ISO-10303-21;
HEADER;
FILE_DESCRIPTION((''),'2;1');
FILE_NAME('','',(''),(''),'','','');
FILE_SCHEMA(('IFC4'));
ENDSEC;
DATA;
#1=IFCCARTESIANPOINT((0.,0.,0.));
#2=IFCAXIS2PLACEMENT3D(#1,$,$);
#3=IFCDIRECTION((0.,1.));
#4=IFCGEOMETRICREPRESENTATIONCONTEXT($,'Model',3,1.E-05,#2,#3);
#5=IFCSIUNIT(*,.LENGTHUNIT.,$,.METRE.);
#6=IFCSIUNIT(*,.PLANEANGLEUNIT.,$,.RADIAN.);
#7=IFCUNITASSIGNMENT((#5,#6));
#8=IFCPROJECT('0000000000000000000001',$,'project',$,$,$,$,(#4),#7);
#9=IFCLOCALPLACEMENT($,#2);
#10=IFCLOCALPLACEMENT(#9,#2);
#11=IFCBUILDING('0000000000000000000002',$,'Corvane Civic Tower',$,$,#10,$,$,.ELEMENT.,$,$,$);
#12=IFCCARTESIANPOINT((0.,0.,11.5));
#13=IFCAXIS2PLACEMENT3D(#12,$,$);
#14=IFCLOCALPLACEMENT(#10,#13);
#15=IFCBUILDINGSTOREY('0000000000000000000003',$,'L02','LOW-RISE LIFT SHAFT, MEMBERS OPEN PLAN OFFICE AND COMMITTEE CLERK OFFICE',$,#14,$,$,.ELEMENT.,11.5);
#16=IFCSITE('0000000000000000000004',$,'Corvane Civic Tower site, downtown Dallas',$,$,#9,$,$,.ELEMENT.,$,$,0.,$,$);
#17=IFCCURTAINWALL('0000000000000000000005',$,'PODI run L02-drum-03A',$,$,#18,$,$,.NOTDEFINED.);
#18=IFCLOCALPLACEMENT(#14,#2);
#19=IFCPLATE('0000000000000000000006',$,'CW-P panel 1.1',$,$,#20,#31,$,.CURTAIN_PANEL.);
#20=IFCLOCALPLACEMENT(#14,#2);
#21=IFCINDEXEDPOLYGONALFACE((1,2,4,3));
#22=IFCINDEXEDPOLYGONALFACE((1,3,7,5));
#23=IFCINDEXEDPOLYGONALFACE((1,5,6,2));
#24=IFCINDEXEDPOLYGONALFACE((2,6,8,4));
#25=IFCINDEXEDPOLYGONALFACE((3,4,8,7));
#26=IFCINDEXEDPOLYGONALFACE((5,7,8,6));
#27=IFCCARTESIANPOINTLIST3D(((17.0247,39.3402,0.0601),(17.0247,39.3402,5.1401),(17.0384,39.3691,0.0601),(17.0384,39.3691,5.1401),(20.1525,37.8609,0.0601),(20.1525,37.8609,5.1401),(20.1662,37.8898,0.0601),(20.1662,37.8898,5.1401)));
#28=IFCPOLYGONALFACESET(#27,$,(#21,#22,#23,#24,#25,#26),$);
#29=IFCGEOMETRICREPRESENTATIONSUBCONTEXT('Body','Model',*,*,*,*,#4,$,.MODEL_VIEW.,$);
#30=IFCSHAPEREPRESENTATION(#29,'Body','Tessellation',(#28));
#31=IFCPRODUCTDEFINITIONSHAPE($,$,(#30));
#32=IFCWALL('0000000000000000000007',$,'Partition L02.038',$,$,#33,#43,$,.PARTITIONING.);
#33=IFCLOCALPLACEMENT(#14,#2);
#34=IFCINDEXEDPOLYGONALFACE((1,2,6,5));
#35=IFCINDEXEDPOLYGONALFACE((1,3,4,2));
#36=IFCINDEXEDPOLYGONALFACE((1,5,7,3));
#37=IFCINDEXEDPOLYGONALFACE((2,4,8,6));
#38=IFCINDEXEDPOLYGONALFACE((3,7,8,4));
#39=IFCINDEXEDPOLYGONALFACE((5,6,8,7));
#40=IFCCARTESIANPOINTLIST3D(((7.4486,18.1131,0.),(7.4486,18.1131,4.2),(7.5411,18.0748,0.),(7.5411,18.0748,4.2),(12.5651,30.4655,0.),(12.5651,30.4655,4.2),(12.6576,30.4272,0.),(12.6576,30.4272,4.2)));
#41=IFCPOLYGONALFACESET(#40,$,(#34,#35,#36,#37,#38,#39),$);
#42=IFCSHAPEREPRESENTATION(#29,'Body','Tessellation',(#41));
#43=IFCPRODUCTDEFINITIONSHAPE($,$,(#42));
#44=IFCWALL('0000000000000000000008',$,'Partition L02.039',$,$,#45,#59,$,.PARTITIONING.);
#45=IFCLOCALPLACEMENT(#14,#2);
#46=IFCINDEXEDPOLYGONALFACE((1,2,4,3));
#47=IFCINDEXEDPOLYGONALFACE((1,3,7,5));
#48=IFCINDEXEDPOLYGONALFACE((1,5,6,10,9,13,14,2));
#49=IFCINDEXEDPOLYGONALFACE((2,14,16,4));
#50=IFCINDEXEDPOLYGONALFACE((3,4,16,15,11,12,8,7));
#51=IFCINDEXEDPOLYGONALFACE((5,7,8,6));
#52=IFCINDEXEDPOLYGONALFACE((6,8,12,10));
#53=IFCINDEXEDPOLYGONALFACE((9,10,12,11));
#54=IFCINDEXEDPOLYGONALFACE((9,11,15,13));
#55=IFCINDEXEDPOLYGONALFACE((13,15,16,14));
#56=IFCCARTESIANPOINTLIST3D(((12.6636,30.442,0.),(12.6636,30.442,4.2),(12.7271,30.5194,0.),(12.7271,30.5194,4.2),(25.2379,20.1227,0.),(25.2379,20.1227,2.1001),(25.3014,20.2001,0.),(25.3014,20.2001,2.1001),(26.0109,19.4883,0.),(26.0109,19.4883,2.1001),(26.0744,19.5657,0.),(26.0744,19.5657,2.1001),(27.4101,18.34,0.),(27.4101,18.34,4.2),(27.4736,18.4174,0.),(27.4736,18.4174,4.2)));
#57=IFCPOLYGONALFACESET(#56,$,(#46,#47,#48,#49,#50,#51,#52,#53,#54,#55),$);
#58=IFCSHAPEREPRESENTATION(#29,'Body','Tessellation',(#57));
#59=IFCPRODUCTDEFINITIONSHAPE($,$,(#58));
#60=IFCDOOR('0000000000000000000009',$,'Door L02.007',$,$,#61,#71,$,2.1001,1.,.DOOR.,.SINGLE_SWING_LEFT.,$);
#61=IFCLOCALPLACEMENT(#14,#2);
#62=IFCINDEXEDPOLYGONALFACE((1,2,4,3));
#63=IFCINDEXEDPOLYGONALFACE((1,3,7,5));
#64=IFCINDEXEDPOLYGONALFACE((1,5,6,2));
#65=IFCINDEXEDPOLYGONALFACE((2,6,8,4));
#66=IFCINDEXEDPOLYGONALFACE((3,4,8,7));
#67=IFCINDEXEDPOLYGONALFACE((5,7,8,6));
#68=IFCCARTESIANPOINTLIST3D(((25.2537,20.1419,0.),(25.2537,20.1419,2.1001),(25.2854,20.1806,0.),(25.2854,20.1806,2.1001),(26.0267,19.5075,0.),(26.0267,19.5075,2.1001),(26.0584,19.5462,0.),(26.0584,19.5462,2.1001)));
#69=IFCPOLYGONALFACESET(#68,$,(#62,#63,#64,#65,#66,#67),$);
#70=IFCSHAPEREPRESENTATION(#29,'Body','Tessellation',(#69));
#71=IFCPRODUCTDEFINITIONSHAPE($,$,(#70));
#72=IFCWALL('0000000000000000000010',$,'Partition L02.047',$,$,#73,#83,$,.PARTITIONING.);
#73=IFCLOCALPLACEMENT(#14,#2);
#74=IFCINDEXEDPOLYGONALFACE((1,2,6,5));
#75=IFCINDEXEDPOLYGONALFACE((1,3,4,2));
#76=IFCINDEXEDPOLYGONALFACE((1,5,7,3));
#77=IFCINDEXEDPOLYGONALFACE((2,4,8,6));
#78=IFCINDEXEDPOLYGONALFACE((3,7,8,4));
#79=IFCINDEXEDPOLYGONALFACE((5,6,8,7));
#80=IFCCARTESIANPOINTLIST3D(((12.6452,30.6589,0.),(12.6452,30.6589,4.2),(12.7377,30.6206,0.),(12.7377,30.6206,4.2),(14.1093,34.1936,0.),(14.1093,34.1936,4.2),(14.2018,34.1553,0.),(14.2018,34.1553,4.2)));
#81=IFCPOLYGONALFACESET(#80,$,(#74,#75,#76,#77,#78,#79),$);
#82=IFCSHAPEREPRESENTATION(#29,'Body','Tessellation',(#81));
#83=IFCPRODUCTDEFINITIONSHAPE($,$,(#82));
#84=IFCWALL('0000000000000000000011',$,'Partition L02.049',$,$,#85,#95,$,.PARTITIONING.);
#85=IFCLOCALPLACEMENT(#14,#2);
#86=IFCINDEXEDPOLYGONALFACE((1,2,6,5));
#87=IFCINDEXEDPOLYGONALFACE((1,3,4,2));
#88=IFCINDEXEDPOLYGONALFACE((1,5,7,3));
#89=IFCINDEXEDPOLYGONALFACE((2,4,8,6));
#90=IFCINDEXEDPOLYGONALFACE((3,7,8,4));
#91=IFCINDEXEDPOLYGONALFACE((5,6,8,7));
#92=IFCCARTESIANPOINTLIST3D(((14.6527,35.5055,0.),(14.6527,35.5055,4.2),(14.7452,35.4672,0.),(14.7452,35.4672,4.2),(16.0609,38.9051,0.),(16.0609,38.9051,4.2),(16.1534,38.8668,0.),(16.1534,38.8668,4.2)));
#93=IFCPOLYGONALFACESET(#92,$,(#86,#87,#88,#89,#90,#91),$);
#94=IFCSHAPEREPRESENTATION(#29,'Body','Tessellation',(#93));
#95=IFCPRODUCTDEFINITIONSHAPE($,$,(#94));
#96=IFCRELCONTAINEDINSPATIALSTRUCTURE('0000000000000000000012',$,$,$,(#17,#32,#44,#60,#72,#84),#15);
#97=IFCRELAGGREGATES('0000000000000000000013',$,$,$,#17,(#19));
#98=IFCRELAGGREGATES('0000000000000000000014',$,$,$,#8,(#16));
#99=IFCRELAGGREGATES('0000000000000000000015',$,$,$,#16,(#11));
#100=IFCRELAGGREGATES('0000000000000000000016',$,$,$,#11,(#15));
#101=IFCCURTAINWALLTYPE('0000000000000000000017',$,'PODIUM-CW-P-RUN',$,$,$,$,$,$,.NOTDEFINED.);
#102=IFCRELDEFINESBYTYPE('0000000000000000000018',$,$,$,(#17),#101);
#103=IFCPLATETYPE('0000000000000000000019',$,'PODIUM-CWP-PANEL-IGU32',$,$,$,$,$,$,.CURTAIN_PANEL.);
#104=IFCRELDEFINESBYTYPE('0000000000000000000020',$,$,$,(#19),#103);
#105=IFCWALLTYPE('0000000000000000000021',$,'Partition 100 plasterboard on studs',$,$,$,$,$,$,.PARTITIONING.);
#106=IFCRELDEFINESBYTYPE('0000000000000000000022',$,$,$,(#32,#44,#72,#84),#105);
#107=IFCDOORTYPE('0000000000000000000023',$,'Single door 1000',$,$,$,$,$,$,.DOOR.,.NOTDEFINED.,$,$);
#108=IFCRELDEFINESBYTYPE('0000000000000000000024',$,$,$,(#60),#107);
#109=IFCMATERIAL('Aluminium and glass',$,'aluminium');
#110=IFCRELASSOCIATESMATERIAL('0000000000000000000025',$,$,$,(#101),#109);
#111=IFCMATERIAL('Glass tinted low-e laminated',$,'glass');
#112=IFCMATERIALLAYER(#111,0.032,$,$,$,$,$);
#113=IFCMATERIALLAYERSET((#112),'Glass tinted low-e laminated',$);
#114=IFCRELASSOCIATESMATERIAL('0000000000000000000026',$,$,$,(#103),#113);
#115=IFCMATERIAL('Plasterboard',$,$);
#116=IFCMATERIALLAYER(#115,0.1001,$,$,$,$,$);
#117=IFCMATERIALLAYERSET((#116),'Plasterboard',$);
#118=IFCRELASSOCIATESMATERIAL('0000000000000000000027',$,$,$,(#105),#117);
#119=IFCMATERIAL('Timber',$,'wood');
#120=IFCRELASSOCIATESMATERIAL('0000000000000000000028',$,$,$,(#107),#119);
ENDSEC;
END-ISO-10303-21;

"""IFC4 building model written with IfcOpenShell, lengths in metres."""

from ifc_helpers import new_model, si_unit, direction, frame, frame_2d, origin, origin_2d, place, context, subcontext, project, spatial, rectangle, extrude, material, layer, layer_set, type_object, element, fill, aggregate, save


model = new_model("IFC4")

# Units and contexts
model_context = context("Model", 3, precision=1e-05, world=origin(), true_north=direction((0.0, 1.0)))
body_context = subcontext(model_context, "Body", "Model", "MODEL_VIEW")
ifc_project = project(units=[si_unit("LENGTHUNIT", "METRE"), si_unit("PLANEANGLEUNIT", "RADIAN")], contexts=[model_context])

# Site, building, storey
site_placement = place(None, origin())
site = spatial("IfcSite", under=ifc_project, at=site_placement, Name="Corvane Civic Tower site, downtown Dallas", CompositionType="ELEMENT", RefElevation=0.0)
building_placement = place(site_placement, origin())
building = spatial("IfcBuilding", under=site, at=building_placement, Name="Corvane Civic Tower", CompositionType="ELEMENT")
storey_placement = place(building_placement, frame((0.0, 0.0, 11.5)))
storey = spatial("IfcBuildingStorey", under=building, at=storey_placement, Name="L02", Description="LOW-RISE LIFT SHAFT, MEMBERS OPEN PLAN OFFICE AND COMMITTEE CLERK OFFICE", CompositionType="ELEMENT", Elevation=11.5)

# Curtain wall
ifc_material_1 = material(Name="Aluminium and glass", Category="aluminium")
curtain_wall_type = type_object("IfcCurtainWallType", Name="PODIUM-CW-P-RUN", PredefinedType="NOTDEFINED", material=ifc_material_1)
curtain_wall_1_placement = place(storey_placement, origin())
curtain_wall_1 = element("IfcCurtainWall", 1, at=curtain_wall_1_placement, inside=storey, type_object=curtain_wall_type, Name="PODI run L02-drum-03A", PredefinedType="NOTDEFINED")

# Plate
ifc_material_2 = material(Name="Glass tinted low-e laminated", Category="glass")
ifc_layer_1 = layer(ifc_material_2, 0.032)
ifc_layer_set_1 = layer_set([ifc_layer_1], Name="Glass tinted low-e laminated")
plate_type = type_object("IfcPlateType", Name="PODIUM-CWP-PANEL-IGU32", PredefinedType="CURTAIN_PANEL", material=ifc_layer_set_1)
plate_placement = place(storey_placement, frame((18.5955, 38.615, 0.0601), z_axis=(0.0, 0.0, 1.0), x_axis=(0.90399, -0.427553, 0.0)))
plate = element("IfcPlate", 2, at=plate_placement, type_object=plate_type, Name="CW-P panel 1.1", PredefinedType="CURTAIN_PANEL", context=body_context, shape_type="SweptSolid", body=[
    extrude(rectangle(XDim=3.46, YDim=0.032, at=origin_2d()), origin(), (0.0, 0.0, 1.0), 5.0801),
])
aggregate(curtain_wall_1, [plate])

# Wall
ifc_material_3 = material(Name="Plasterboard")
ifc_layer_2 = layer(ifc_material_3, 0.1001)
ifc_layer_set_2 = layer_set([ifc_layer_2], Name="Plasterboard")
wall_type = type_object("IfcWallType", Name="Partition 100 plasterboard on studs", PredefinedType="PARTITIONING", material=ifc_layer_set_2)
wall_1_placement = place(storey_placement, frame((7.4949, 18.094, 0.0), z_axis=(0.0, 0.0, 1.0), x_axis=(0.382681, 0.92388, 0.0)))
element("IfcWall", 3, at=wall_1_placement, inside=storey, type_object=wall_type, Name="Partition L02.038", PredefinedType="PARTITIONING", context=body_context, shape_type="SweptSolid", body=[
    extrude(rectangle(XDim=13.3701, YDim=0.1001, at=frame_2d((6.6851, 0.0))), origin(), (0.0, 0.0, 1.0), 4.2),
])

# Wall, opening, door
wall_2_placement = place(storey_placement, frame((12.6953, 30.4807, 0.0), z_axis=(0.0, 0.0, 1.0), x_axis=(0.773014, -0.634388, 0.0)))
wall_2 = element("IfcWall", 4, at=wall_2_placement, inside=storey, type_object=wall_type, Name="Partition L02.039", PredefinedType="PARTITIONING", context=body_context, shape_type="SweptSolid", body=[
    extrude(rectangle(XDim=19.0767, YDim=0.1001, at=frame_2d((9.5383, 0.0))), origin(), (0.0, 0.0, 1.0), 4.2),
])
opening_placement = place(wall_2_placement, frame((16.2666, 0.0, 0.0)))
opening = element("IfcOpeningElement", 5, at=opening_placement, cuts=wall_2, PredefinedType="OPENING", context=body_context, shape_type="SweptSolid", body=[
    extrude(rectangle(XDim=1.0, YDim=2.1001, at=frame_2d((0.5, 1.05))), frame((0.0, 0.0601, 0.0), z_axis=(0.0, -1.0, 0.0), x_axis=(1.0, 0.0, 0.0)), (0.0, 0.0, 1.0), 0.1201),
])
ifc_material_4 = material(Name="Timber", Category="wood")
door_type = type_object("IfcDoorType", Name="Single door 1000", OperationType="NOTDEFINED", PredefinedType="DOOR", material=ifc_material_4)
door_placement = place(opening_placement, origin())
door = element("IfcDoor", 6, at=door_placement, inside=storey, type_object=door_type, Name="Door L02.007", OperationType="SINGLE_SWING_LEFT", OverallHeight=2.1001, OverallWidth=1.0, PredefinedType="DOOR", context=body_context, shape_type="SweptSolid", body=[
    extrude(rectangle(XDim=1.0, YDim=2.1001, at=frame_2d((0.5, 1.05))), frame((0.0, 0.0249, 0.0), z_axis=(0.0, -1.0, 0.0), x_axis=(1.0, 0.0, 0.0)), (0.0, 0.0, 1.0), 0.05),
])
fill(opening, door)

# Walls
wall_3_placement = place(storey_placement, frame((12.6914, 30.6396, 0.0), z_axis=(0.0, 0.0, 1.0), x_axis=(0.382684, 0.923879, 0.0)))
element("IfcWall", 7, at=wall_3_placement, inside=storey, type_object=wall_type, Name="Partition L02.047", PredefinedType="PARTITIONING", context=body_context, shape_type="SweptSolid", body=[
    extrude(rectangle(XDim=3.8259, YDim=0.1001, at=frame_2d((1.9131, 0.0))), origin(), (0.0, 0.0, 1.0), 4.2),
])
wall_4_placement = place(storey_placement, frame((14.699, 35.4863, 0.0), z_axis=(0.0, 0.0, 1.0), x_axis=(0.382688, 0.923878, 0.0)))
element("IfcWall", 8, at=wall_4_placement, inside=storey, type_object=wall_type, Name="Partition L02.049", PredefinedType="PARTITIONING", context=body_context, shape_type="SweptSolid", body=[
    extrude(rectangle(XDim=3.6797, YDim=0.1001, at=frame_2d((1.8398, 0.0))), origin(), (0.0, 0.0, 1.0), 4.2),
])

save(model, "model.ifc")
